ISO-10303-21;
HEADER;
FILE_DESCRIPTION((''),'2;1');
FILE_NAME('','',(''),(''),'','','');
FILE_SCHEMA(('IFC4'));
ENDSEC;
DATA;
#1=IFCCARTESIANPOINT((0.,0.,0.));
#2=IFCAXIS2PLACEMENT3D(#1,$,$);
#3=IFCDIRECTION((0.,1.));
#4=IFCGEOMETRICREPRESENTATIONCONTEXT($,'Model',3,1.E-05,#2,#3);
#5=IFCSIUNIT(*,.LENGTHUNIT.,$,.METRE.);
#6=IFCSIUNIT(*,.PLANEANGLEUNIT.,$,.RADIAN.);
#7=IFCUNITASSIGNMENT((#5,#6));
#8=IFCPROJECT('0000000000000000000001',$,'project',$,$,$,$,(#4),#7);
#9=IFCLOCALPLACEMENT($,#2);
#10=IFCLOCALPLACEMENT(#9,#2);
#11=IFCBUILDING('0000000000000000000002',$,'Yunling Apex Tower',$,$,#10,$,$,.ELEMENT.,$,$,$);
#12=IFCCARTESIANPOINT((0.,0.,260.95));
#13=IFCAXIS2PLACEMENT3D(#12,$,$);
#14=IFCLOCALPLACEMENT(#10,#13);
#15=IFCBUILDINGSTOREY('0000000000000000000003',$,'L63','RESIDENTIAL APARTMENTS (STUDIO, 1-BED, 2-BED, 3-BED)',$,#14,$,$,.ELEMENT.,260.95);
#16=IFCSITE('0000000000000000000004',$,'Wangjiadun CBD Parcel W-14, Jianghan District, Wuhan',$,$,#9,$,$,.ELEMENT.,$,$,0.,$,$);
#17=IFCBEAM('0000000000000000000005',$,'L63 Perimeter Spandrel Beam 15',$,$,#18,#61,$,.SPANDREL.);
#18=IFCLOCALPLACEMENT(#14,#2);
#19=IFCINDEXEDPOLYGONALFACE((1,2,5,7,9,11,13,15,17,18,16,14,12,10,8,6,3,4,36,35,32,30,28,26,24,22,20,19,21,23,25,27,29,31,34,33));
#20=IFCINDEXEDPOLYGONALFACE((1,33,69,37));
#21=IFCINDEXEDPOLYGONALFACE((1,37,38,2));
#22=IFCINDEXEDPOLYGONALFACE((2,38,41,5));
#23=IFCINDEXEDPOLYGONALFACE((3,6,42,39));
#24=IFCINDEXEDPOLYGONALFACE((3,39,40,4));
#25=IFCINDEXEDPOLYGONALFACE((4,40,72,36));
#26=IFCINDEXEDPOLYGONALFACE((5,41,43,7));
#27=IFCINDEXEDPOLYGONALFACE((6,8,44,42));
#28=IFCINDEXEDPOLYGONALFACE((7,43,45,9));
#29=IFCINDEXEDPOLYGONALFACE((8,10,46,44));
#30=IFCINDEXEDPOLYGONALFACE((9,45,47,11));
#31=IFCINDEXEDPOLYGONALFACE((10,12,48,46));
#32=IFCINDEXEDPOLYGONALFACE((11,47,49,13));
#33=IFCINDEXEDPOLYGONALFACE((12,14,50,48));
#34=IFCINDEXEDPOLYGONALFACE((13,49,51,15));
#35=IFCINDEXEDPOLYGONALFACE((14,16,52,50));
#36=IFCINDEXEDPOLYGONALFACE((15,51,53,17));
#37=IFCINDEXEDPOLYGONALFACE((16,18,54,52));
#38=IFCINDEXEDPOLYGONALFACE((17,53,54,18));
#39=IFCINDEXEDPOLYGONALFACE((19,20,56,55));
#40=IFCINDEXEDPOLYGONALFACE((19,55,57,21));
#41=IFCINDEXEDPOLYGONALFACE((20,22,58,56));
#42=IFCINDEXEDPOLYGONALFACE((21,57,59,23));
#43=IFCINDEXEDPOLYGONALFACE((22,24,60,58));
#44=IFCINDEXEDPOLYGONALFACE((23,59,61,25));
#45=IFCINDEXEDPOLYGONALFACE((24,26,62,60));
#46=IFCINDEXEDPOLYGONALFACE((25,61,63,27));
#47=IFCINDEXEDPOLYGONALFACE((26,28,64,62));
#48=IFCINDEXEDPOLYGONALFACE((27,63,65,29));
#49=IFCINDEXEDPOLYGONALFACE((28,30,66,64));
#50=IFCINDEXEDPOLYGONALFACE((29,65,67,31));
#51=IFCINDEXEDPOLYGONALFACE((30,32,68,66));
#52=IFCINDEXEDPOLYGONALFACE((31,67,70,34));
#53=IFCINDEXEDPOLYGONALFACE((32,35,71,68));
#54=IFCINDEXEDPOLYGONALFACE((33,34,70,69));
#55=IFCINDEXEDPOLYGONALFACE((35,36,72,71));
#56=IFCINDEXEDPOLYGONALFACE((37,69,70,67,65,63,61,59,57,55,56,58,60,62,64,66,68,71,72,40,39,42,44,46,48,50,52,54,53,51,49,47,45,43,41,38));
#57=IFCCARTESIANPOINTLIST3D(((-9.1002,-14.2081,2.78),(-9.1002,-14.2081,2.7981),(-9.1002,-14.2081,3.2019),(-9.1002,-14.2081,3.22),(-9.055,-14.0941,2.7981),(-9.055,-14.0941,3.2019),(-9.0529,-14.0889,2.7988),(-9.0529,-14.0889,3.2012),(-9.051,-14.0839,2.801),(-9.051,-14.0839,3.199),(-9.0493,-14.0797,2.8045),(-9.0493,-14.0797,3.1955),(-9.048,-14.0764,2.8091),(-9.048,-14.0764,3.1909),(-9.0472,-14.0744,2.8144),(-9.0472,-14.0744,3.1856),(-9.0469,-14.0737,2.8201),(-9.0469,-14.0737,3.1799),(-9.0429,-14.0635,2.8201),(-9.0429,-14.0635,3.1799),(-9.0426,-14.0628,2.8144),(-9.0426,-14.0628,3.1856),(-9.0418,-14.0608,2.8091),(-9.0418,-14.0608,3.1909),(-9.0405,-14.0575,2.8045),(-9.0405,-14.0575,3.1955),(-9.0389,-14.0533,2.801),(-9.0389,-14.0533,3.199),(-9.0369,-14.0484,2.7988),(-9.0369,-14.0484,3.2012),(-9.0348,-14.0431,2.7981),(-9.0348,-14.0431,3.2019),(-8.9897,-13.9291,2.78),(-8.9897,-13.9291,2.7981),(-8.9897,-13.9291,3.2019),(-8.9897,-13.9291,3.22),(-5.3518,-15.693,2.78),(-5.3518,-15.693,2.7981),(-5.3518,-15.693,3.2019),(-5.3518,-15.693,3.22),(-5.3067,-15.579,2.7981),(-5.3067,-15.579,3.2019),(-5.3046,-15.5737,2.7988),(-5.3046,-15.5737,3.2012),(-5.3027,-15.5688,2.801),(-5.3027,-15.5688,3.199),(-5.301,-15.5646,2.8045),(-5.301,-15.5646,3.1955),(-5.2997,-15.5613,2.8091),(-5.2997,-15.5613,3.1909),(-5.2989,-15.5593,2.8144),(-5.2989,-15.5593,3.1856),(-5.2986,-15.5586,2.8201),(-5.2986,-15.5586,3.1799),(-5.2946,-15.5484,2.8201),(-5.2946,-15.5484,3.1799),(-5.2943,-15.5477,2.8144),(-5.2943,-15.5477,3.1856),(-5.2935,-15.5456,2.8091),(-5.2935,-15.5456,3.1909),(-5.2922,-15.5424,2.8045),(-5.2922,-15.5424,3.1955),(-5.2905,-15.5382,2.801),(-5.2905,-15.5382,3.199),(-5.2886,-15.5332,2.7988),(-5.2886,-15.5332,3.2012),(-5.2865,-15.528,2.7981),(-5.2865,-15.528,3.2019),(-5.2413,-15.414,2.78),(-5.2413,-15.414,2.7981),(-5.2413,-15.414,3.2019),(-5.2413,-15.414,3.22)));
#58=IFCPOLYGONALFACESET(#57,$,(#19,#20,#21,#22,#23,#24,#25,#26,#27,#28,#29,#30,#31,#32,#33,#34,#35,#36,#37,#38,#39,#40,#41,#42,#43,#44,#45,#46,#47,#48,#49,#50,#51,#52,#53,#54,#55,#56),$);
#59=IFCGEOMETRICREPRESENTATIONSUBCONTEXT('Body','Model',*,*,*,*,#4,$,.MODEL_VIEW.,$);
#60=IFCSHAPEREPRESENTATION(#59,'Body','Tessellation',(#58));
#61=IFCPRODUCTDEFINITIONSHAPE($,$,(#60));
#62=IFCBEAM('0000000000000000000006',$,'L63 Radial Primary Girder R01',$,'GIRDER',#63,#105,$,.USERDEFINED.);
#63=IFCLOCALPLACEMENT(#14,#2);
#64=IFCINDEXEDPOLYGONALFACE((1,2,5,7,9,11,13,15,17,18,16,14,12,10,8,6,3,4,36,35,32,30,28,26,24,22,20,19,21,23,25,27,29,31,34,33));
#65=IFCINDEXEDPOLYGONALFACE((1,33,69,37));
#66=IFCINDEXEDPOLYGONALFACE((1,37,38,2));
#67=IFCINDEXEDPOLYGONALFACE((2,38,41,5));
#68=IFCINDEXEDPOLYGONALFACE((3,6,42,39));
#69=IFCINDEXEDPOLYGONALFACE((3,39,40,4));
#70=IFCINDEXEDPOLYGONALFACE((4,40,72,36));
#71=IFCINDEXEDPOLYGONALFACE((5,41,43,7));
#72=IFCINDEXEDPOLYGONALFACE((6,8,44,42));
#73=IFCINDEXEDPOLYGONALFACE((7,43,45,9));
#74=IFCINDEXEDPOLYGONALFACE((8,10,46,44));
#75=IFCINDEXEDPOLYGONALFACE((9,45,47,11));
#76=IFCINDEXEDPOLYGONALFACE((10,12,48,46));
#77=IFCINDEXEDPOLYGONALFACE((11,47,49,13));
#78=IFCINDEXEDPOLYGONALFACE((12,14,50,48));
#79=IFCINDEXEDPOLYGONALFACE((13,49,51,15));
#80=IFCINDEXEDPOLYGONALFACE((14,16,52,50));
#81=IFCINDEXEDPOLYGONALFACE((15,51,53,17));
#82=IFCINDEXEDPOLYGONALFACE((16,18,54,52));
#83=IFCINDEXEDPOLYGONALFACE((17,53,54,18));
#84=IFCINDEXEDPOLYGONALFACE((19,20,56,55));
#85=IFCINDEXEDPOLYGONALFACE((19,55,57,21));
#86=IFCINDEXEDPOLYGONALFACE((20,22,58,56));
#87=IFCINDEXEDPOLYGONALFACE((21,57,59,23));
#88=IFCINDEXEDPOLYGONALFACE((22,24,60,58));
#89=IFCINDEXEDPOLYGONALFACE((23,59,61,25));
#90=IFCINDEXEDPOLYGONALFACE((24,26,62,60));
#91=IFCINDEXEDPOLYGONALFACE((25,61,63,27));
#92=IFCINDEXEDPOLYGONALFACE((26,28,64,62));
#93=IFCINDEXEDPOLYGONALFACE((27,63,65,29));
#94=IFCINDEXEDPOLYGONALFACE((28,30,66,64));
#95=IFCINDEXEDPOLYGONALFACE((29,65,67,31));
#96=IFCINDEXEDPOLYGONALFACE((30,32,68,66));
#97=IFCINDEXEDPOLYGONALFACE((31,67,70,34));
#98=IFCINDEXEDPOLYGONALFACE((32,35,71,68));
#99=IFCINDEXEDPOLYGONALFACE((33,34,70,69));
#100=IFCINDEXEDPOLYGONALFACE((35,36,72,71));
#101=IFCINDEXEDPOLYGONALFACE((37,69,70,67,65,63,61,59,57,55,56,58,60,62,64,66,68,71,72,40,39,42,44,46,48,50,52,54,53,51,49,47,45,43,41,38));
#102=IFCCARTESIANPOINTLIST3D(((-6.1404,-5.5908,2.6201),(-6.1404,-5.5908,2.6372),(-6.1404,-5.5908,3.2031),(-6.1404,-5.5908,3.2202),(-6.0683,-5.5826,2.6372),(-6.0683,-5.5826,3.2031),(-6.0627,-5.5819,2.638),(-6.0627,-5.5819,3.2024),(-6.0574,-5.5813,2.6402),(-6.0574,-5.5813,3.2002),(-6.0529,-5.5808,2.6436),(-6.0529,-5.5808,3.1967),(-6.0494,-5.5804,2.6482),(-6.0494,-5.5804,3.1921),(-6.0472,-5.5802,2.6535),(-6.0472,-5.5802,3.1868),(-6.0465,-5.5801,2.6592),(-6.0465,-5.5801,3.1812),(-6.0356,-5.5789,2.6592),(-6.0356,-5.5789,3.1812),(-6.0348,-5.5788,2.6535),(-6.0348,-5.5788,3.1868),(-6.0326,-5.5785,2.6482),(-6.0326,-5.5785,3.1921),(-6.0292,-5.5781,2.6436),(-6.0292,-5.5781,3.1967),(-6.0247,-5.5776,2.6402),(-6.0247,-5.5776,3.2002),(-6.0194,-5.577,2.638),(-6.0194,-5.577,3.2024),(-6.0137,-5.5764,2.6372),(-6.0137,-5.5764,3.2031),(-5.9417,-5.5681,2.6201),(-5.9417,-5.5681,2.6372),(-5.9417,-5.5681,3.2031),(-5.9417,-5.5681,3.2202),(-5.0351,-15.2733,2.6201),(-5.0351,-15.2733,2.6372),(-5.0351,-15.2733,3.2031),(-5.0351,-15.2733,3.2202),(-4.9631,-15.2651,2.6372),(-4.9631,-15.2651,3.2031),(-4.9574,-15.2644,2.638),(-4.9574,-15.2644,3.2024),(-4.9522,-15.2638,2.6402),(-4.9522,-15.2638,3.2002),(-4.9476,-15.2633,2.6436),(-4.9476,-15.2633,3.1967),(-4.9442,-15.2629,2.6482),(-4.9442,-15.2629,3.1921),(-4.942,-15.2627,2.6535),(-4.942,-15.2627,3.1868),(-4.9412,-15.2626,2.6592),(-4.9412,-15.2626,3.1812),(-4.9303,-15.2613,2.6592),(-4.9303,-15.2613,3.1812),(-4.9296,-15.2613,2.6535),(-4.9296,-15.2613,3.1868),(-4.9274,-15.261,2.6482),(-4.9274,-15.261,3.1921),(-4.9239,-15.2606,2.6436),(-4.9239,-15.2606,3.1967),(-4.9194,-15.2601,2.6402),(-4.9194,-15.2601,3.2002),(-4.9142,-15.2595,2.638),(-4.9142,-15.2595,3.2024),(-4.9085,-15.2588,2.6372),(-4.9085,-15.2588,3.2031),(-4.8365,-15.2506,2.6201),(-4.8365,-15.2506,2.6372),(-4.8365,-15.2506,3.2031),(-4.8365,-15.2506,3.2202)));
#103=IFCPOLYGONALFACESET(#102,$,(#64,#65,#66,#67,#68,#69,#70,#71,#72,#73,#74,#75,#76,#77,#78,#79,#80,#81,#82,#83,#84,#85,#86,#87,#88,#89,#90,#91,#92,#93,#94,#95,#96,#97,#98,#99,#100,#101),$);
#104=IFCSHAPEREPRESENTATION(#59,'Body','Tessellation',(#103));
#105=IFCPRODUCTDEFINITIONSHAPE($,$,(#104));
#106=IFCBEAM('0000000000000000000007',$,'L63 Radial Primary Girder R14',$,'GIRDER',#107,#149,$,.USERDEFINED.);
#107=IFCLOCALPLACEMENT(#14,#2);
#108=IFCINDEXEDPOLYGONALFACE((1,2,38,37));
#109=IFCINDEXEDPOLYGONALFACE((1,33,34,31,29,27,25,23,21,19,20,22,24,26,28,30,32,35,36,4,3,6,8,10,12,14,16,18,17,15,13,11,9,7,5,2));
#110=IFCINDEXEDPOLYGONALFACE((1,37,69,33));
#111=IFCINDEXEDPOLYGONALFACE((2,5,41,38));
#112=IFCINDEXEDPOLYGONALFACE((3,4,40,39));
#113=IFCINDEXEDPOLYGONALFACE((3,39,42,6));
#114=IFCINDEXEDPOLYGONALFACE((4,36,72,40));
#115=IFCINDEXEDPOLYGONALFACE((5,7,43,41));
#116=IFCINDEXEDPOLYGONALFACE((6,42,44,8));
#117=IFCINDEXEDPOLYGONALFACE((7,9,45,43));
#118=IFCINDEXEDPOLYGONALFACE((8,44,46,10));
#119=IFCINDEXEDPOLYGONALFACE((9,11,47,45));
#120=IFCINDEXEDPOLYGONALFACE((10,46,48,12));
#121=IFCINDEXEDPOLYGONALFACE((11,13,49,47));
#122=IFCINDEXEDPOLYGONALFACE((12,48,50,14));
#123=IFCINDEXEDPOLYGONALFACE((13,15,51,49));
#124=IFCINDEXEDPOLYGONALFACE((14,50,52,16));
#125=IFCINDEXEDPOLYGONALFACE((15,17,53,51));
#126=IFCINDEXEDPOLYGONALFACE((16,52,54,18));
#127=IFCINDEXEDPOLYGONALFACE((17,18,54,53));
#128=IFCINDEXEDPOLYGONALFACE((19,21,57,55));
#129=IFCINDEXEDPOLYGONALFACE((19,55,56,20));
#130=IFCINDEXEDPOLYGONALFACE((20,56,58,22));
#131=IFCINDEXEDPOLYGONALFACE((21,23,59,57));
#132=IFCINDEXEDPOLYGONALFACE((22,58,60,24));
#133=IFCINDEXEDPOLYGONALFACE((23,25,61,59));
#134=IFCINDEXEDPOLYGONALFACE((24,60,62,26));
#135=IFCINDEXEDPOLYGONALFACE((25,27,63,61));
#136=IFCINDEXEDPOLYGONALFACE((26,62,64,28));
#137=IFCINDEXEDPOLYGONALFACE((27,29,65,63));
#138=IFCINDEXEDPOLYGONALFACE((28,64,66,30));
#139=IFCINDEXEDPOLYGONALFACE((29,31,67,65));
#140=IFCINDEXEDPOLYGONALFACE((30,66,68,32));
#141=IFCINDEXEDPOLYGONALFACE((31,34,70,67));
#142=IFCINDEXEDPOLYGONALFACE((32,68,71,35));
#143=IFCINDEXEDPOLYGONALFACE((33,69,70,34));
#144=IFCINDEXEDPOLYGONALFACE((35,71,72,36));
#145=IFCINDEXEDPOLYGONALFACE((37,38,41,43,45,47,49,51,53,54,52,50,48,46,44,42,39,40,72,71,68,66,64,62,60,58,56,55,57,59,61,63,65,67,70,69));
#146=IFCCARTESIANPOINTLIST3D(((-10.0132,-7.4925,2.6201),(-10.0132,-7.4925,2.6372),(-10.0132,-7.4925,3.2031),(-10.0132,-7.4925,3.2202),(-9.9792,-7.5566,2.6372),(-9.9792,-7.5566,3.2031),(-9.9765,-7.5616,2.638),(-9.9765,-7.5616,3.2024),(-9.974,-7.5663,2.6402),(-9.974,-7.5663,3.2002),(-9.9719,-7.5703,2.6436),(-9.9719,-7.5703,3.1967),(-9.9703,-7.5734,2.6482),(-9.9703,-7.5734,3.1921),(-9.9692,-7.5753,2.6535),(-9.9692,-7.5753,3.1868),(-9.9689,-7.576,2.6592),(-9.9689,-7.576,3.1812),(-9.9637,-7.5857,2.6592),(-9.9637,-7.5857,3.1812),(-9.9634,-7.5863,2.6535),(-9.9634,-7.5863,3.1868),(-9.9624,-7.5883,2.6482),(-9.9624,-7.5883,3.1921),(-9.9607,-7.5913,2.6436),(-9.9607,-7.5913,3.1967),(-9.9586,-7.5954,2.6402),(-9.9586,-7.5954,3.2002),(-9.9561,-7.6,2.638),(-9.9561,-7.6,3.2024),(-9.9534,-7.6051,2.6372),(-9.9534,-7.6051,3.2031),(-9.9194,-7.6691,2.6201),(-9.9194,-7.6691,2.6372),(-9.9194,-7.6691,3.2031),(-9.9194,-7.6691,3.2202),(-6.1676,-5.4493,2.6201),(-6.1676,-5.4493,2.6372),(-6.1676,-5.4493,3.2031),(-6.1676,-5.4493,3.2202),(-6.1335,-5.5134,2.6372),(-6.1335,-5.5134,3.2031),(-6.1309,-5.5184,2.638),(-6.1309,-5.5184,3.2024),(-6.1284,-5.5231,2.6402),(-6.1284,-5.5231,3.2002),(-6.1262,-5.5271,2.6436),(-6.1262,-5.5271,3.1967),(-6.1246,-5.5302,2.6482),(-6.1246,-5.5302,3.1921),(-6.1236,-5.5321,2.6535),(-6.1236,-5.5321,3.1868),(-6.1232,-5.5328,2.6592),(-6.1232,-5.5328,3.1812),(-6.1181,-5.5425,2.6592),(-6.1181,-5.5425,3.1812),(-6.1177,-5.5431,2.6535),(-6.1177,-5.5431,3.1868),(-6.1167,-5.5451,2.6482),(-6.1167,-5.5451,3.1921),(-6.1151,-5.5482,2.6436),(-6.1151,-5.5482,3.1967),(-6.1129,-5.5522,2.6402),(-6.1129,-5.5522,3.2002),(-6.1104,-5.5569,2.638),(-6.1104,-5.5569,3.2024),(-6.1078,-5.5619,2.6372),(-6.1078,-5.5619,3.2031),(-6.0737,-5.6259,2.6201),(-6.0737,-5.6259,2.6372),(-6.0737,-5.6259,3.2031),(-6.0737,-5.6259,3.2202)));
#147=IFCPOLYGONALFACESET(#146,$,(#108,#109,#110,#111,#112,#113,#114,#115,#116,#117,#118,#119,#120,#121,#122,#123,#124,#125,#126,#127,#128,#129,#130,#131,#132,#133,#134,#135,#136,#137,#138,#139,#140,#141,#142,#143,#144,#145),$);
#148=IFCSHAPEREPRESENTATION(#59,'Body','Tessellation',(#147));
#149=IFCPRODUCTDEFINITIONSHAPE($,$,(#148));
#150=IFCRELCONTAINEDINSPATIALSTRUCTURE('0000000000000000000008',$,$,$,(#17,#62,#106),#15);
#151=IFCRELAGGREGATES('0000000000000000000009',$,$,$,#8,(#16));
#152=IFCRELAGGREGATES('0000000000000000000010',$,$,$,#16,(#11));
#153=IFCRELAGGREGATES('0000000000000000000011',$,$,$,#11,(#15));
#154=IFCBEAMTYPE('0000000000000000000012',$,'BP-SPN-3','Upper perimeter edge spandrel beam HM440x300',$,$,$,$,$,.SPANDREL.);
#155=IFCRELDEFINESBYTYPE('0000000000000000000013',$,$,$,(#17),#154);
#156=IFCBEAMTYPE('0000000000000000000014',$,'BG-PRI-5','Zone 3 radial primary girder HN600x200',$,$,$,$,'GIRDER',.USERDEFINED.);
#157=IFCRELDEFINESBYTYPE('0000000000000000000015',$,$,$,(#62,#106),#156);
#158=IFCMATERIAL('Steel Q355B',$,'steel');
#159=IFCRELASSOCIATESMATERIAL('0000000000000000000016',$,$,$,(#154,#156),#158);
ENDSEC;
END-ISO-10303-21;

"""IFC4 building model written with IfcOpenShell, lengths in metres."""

from ifc_helpers import new_model, si_unit, direction, frame, origin, origin_2d, place, context, subcontext, project, spatial, i_section, extrude, source, transform, mapped, material, material_profile, profile_set, type_object, element, save


model = new_model("IFC4")

# Units and contexts
model_context = context("Model", 3, precision=1e-05, world=origin(), true_north=direction((0.0, 1.0)))
body_context = subcontext(model_context, "Body", "Model", "MODEL_VIEW")
ifc_project = project(units=[si_unit("LENGTHUNIT", "METRE"), si_unit("PLANEANGLEUNIT", "RADIAN")], contexts=[model_context])

# Site, building, storey
site_placement = place(None, origin())
site = spatial("IfcSite", under=ifc_project, at=site_placement, Name="Wangjiadun CBD Parcel W-14, Jianghan District, Wuhan", CompositionType="ELEMENT", RefElevation=0.0)
building_placement = place(site_placement, origin())
building = spatial("IfcBuilding", under=site, at=building_placement, Name="Yunling Apex Tower", CompositionType="ELEMENT")
storey_placement = place(building_placement, frame((0.0, 0.0, 260.95)))
storey = spatial("IfcBuildingStorey", under=building, at=storey_placement, Name="L63", Description="RESIDENTIAL APARTMENTS (STUDIO, 1-BED, 2-BED, 3-BED)", CompositionType="ELEMENT", Elevation=260.95)

# Shared definitions
ifc_material_1 = material(Name="Steel Q355B", Category="steel")

# Beams
ifc_material_profile_1 = material_profile(ifc_material_1, i_section(OverallWidth=0.3, OverallDepth=0.4399, WebThickness=0.011, FlangeThickness=0.0181, FilletRadius=0.022, at=origin_2d()))
ifc_profile_set_1 = profile_set([ifc_material_profile_1], Name="Steel Q355B")
beam_type_1 = type_object("IfcBeamType", Name="BP-SPN-3", Description="Upper perimeter edge spandrel beam HM440x300", PredefinedType="SPANDREL", material=ifc_profile_set_1)
shared_shape_1 = source(origin(), body_context, "Body", "SweptSolid", [
    extrude(i_section(OverallWidth=0.3, OverallDepth=0.4399, WebThickness=0.011, FlangeThickness=0.0181, FilletRadius=0.022, at=origin_2d()), origin(), (0.0, 0.0, 1.0), 4.0317),
])
beam_1_placement = place(storey_placement, frame((-9.0449, -14.0686, 3.0), z_axis=(0.929708, -0.368298, 0.0), x_axis=(0.368298, 0.929708, 0.0)))
element("IfcBeam", 1, at=beam_1_placement, inside=storey, type_object=beam_type_1, Name="L63 Perimeter Spandrel Beam 15", PredefinedType="SPANDREL", context=body_context, shape_type="MappedRepresentation", body=[
    mapped(shared_shape_1, transform((0.0, 0.0, 0.0), scale=1.0)),
])
ifc_material_profile_2 = material_profile(ifc_material_1, i_section(OverallWidth=0.2, OverallDepth=0.6001, WebThickness=0.011, FlangeThickness=0.0171, FilletRadius=0.022, at=origin_2d()))
ifc_profile_set_2 = profile_set([ifc_material_profile_2], Name="Steel Q355B")
beam_type_2 = type_object("IfcBeamType", Name="BG-PRI-5", Description="Zone 3 radial primary girder HN600x200", ElementType="GIRDER", PredefinedType="USERDEFINED", material=ifc_profile_set_2)
shared_shape_2 = source(origin(), body_context, "Body", "SweptSolid", [
    extrude(i_section(OverallWidth=0.2, OverallDepth=0.6001, WebThickness=0.011, FlangeThickness=0.0171, FilletRadius=0.022, at=origin_2d()), origin(), (0.0, 0.0, 1.0), 9.7454),
])
beam_2_placement = place(storey_placement, frame((-4.9358, -15.262, 2.9202), z_axis=(-0.113412, 0.993548, 0.0), x_axis=(-0.993548, -0.113412, 0.0)))
element("IfcBeam", 2, at=beam_2_placement, inside=storey, type_object=beam_type_2, Name="L63 Radial Primary Girder R01", ObjectType="GIRDER", PredefinedType="USERDEFINED", context=body_context, shape_type="MappedRepresentation", body=[
    mapped(shared_shape_2, transform((0.0, 0.0, 0.0), scale=1.0)),
])
shared_shape_3 = source(origin(), body_context, "Body", "SweptSolid", [
    extrude(i_section(OverallWidth=0.2, OverallDepth=0.6001, WebThickness=0.011, FlangeThickness=0.0171, FilletRadius=0.022, at=origin_2d()), origin(), (0.0, 0.0, 1.0), 4.3547),
])
beam_3_placement = place(storey_placement, frame((-9.9663, -7.5808, 2.9202), z_axis=(0.883098, 0.469188, 0.0), x_axis=(-0.469188, 0.883098, 0.0)))
element("IfcBeam", 3, at=beam_3_placement, inside=storey, type_object=beam_type_2, Name="L63 Radial Primary Girder R14", ObjectType="GIRDER", PredefinedType="USERDEFINED", context=body_context, shape_type="MappedRepresentation", body=[
    mapped(shared_shape_3, transform((0.0, 0.0, 0.0), scale=1.0)),
])

save(model, "model.ifc")
